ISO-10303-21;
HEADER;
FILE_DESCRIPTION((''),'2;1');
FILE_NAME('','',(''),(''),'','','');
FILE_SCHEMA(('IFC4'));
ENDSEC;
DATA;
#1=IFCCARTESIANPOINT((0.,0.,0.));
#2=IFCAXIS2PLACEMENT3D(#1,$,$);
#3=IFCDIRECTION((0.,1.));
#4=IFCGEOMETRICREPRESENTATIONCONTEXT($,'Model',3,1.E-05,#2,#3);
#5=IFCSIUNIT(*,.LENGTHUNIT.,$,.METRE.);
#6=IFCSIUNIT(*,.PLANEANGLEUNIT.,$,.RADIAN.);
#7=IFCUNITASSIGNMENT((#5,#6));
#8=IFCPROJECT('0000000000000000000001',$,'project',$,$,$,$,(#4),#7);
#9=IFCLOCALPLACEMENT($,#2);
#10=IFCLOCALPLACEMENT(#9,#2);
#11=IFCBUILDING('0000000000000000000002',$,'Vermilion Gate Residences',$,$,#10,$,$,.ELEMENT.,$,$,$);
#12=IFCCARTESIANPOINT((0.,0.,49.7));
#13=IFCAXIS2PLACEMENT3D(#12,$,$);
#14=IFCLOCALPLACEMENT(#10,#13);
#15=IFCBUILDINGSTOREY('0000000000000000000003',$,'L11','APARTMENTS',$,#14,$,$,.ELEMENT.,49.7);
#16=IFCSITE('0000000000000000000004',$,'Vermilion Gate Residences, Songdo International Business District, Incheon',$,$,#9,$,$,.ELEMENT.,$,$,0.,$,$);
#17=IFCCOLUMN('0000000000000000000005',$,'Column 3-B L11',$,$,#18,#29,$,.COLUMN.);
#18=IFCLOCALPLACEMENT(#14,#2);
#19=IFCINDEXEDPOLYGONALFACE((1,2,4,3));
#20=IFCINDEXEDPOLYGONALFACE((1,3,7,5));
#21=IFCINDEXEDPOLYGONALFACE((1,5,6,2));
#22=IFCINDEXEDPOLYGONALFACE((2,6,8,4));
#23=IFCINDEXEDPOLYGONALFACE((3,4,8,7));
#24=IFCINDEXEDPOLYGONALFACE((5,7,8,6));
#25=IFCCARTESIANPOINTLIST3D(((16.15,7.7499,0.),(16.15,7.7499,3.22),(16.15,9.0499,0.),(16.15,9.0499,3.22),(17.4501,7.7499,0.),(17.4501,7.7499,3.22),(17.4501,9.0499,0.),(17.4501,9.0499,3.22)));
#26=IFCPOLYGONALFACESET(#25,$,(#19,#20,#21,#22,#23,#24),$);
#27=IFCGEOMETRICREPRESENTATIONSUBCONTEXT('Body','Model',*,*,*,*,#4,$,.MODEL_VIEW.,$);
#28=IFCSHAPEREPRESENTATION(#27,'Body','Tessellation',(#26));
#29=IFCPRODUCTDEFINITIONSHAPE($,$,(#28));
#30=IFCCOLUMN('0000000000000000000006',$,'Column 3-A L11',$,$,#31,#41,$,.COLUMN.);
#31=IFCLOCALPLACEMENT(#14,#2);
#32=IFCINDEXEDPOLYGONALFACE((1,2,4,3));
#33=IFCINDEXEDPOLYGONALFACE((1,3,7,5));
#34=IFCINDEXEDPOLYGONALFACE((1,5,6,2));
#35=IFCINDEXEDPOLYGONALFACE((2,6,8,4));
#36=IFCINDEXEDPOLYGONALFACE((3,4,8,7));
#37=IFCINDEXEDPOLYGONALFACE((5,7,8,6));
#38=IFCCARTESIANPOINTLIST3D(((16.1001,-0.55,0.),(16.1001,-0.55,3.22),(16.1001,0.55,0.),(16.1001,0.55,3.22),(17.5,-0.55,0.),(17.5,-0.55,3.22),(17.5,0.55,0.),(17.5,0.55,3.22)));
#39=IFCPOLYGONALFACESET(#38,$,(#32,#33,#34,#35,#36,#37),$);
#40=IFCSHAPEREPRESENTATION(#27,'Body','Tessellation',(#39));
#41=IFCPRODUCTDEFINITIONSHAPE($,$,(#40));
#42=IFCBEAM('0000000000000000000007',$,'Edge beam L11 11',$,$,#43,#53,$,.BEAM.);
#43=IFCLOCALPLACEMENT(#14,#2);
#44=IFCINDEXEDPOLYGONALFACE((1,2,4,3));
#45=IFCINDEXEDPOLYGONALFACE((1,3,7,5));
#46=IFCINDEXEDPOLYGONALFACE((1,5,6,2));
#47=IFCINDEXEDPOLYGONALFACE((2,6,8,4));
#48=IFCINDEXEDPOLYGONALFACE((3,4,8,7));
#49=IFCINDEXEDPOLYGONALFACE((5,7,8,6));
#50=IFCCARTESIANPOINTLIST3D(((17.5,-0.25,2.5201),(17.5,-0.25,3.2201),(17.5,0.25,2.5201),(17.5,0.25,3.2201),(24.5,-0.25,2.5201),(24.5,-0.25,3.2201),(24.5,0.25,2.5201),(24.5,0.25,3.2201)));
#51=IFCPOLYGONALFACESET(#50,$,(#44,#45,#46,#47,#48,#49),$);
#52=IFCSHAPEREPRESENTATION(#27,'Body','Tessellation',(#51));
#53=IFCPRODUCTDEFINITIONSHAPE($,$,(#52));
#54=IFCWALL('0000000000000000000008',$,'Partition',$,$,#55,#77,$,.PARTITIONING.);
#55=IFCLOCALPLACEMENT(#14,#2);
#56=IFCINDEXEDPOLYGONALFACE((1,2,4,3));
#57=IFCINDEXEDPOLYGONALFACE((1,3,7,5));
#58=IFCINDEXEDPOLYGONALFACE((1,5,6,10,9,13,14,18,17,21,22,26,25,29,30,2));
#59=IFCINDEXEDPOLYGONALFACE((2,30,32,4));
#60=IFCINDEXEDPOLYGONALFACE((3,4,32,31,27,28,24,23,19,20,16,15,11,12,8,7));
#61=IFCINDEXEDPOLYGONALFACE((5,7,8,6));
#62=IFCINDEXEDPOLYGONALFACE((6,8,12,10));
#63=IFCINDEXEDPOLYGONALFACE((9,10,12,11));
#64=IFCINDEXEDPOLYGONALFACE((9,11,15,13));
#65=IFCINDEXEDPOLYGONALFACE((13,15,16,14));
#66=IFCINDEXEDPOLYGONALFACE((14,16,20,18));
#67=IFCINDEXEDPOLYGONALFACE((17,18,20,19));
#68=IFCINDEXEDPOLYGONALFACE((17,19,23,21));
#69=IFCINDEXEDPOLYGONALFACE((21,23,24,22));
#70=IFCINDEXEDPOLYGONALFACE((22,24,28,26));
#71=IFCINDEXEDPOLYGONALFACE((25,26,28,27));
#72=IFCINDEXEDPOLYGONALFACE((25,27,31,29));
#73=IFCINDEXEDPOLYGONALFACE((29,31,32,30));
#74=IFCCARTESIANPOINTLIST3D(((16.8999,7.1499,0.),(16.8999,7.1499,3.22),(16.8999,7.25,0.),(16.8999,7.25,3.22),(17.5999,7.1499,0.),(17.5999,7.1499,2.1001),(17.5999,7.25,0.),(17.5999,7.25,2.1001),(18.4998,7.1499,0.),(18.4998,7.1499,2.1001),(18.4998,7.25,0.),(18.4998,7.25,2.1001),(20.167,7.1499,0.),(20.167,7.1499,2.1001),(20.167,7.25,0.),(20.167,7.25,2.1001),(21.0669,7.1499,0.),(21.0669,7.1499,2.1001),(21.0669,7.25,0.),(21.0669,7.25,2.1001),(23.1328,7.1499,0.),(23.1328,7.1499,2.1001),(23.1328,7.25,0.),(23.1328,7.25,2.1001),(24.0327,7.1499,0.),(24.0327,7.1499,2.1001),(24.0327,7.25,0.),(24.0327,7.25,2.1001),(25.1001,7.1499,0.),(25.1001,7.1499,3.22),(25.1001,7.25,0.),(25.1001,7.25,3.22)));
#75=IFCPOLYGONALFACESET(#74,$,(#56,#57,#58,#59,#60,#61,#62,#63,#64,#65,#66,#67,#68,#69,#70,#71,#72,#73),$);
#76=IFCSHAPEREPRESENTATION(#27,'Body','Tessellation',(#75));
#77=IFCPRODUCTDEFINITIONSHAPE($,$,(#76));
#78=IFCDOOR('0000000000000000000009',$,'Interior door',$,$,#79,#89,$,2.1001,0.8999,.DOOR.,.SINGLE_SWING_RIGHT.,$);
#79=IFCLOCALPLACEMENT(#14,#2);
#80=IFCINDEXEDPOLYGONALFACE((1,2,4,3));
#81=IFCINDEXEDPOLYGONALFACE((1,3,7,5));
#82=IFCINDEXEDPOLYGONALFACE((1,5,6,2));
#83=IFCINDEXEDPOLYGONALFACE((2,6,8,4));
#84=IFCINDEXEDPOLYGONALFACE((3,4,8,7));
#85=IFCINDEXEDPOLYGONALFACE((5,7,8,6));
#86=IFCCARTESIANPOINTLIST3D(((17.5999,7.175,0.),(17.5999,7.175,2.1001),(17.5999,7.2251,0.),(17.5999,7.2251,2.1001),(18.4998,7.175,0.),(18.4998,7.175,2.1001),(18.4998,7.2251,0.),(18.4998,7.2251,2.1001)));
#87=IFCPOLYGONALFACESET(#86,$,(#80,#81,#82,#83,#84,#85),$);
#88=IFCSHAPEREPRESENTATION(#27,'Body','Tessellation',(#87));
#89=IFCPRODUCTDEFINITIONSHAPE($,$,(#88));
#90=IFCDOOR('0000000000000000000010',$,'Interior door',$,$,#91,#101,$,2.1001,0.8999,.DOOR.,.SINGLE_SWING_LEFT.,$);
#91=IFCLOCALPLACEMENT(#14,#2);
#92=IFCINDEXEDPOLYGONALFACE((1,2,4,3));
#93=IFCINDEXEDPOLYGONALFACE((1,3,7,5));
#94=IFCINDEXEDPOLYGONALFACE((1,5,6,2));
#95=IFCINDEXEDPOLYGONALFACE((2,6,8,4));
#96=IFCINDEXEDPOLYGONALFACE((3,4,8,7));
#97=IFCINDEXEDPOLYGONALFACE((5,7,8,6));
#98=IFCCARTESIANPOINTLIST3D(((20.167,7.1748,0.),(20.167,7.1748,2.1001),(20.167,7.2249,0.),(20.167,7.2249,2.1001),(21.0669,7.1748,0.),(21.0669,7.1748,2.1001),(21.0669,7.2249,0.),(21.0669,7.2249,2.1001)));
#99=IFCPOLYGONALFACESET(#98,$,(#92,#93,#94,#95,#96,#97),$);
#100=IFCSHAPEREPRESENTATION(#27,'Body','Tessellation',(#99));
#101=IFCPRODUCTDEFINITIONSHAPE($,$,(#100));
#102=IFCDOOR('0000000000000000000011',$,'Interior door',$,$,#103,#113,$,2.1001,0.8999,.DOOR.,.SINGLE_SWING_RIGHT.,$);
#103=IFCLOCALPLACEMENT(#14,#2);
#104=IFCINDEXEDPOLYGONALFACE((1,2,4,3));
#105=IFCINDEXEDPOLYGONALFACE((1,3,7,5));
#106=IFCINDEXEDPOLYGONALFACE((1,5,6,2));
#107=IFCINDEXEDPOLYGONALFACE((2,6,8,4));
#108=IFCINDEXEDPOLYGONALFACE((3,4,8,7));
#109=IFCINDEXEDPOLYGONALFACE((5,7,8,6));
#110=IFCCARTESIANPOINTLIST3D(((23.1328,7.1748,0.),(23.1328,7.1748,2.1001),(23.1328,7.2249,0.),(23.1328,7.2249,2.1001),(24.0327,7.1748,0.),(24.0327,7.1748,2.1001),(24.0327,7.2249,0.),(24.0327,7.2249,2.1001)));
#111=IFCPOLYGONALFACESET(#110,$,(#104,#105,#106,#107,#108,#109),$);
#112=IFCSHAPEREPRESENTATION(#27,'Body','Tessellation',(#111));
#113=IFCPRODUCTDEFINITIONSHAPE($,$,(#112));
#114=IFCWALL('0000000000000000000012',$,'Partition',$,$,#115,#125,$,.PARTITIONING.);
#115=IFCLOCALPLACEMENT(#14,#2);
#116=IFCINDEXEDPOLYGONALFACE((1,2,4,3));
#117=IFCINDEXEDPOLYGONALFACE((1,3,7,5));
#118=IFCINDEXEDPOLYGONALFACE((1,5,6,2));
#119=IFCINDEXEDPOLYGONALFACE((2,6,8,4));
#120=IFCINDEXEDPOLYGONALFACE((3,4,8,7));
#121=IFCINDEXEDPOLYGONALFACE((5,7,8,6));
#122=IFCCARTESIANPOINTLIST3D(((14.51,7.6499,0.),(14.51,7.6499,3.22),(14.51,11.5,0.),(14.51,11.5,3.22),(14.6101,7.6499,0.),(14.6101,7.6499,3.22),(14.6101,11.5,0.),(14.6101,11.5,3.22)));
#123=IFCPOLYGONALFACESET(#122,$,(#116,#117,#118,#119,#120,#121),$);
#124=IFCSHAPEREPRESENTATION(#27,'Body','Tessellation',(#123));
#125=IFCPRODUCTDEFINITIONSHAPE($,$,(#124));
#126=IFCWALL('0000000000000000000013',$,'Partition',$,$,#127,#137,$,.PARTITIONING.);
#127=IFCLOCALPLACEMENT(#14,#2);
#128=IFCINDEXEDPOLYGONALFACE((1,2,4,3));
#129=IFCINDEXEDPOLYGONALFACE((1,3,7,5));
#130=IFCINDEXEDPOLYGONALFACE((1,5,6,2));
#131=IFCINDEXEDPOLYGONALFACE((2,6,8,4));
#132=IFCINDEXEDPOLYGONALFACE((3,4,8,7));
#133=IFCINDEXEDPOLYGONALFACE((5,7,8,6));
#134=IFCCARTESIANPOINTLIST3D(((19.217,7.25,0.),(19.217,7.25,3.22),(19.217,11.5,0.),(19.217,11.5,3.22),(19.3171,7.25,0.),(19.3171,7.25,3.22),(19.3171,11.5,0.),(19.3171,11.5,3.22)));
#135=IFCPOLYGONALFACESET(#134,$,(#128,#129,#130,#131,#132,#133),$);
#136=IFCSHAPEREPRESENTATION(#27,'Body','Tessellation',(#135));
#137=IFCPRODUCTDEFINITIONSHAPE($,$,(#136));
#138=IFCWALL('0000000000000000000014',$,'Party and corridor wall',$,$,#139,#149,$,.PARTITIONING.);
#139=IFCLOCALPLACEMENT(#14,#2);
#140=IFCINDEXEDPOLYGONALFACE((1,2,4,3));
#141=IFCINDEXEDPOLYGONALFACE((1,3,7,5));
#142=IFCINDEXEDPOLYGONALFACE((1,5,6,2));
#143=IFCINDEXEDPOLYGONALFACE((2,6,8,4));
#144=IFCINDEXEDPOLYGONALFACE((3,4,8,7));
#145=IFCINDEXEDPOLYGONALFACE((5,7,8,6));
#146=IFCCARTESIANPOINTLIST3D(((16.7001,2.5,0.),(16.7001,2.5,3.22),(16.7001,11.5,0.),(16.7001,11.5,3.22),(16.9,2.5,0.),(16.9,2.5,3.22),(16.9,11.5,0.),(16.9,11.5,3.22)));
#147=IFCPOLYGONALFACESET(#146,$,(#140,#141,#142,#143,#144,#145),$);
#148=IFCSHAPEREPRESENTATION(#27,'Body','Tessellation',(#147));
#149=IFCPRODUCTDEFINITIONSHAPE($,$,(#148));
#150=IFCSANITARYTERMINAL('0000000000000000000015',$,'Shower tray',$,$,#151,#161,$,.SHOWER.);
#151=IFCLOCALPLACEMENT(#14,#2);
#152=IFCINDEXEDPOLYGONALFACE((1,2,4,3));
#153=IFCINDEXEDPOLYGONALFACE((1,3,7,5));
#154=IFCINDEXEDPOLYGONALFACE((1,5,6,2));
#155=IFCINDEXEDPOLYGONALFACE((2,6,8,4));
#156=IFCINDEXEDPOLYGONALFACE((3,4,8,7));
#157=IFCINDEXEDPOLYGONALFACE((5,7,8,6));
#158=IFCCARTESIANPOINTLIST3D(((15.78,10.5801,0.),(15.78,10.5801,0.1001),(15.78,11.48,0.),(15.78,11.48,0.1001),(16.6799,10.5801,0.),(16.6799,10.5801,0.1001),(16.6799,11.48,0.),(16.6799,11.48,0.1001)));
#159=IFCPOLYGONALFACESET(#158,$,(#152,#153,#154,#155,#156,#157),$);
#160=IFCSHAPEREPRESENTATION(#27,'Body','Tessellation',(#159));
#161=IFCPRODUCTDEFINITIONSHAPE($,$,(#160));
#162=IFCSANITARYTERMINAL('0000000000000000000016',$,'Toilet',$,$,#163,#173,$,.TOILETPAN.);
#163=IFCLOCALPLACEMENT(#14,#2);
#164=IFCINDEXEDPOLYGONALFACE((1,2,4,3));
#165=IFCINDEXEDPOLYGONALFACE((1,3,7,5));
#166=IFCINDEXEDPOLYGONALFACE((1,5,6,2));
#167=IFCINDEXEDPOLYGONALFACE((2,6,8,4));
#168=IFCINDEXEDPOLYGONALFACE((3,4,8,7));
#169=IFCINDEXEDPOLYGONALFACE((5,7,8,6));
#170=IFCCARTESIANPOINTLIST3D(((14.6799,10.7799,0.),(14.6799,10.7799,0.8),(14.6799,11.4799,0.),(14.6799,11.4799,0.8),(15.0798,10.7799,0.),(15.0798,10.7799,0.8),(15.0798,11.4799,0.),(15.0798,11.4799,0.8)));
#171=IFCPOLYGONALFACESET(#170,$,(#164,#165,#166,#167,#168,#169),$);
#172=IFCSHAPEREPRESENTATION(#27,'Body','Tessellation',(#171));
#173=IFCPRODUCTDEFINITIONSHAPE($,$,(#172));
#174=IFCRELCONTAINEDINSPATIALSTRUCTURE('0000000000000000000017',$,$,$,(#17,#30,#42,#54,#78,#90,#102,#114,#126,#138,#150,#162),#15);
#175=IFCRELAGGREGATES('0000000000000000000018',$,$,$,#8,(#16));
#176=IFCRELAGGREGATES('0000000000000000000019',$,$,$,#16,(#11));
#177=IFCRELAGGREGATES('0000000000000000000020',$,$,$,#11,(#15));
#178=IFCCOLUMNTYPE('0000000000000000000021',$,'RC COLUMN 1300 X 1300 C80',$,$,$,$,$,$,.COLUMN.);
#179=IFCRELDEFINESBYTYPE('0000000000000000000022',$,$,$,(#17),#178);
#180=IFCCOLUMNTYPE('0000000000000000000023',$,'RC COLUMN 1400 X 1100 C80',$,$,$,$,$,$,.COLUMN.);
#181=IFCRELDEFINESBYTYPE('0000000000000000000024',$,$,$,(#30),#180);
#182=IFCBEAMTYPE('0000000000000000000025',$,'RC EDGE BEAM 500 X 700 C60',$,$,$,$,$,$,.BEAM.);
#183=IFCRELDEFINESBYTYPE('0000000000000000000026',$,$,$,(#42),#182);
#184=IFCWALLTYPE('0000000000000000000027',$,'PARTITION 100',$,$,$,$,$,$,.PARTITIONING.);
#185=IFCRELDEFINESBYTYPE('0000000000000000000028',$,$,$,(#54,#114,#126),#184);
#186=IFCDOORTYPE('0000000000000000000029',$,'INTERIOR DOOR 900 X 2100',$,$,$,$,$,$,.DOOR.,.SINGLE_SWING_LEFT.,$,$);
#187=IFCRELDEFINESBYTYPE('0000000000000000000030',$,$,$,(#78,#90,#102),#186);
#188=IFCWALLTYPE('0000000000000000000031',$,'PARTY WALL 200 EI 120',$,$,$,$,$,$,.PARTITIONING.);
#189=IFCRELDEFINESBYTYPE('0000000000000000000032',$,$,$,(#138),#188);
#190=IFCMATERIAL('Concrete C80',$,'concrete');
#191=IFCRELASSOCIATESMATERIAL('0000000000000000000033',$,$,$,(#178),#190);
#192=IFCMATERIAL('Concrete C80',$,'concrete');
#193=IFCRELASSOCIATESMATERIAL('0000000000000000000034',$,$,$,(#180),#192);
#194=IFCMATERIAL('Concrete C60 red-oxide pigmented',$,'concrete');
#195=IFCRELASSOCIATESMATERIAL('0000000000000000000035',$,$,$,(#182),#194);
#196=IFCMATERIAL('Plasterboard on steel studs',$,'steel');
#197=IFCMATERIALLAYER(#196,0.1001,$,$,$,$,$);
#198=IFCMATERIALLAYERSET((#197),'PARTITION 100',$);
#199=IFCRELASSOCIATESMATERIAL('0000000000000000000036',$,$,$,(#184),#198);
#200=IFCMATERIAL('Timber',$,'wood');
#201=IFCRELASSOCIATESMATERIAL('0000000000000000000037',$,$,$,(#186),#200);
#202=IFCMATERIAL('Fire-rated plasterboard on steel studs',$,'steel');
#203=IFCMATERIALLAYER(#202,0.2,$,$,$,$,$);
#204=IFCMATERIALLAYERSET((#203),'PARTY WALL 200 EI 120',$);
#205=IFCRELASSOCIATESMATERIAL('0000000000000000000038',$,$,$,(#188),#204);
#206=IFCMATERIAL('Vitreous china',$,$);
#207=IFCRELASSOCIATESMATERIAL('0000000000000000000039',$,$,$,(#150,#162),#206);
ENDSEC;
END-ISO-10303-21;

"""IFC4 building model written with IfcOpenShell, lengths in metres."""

from ifc_helpers import new_model, si_unit, direction, frame, frame_2d, origin, origin_2d, place, context, subcontext, project, spatial, rectangle, extrude, material, layer, layer_set, material_profile, profile_set, type_object, element, fill, save


model = new_model("IFC4")

# Units and contexts
model_context = context("Model", 3, precision=1e-05, world=origin(), true_north=direction((0.0, 1.0)))
body_context = subcontext(model_context, "Body", "Model", "MODEL_VIEW")
ifc_project = project(units=[si_unit("LENGTHUNIT", "METRE"), si_unit("PLANEANGLEUNIT", "RADIAN")], contexts=[model_context])

# Site, building, storey
site_placement = place(None, origin())
site = spatial("IfcSite", under=ifc_project, at=site_placement, Name="Vermilion Gate Residences, Songdo International Business District, Incheon", CompositionType="ELEMENT", RefElevation=0.0)
building_placement = place(site_placement, origin())
building = spatial("IfcBuilding", under=site, at=building_placement, Name="Vermilion Gate Residences", CompositionType="ELEMENT")
storey_placement = place(building_placement, frame((0.0, 0.0, 49.7)))
storey = spatial("IfcBuildingStorey", under=building, at=storey_placement, Name="L11", Description="APARTMENTS", CompositionType="ELEMENT", Elevation=49.7)

# Columns
ifc_material_1 = material(Name="Concrete C80", Category="concrete")
ifc_material_profile_1 = material_profile(ifc_material_1, rectangle(XDim=1.3, YDim=1.3, at=origin_2d()), Name="RC-1300x1300")
ifc_profile_set_1 = profile_set([ifc_material_profile_1], Name="Concrete C80")
column_type_1 = type_object("IfcColumnType", Name="RC COLUMN 1300 X 1300 C80", PredefinedType="COLUMN", material=ifc_profile_set_1)
column_1_placement = place(storey_placement, frame((16.8, 8.3999, 0.0), z_axis=(0.0, 0.0, 1.0), x_axis=(1.0, 0.0, 0.0)))
element("IfcColumn", 1, at=column_1_placement, inside=storey, type_object=column_type_1, Name="Column 3-B L11", PredefinedType="COLUMN", context=body_context, shape_type="SweptSolid", body=[
    extrude(rectangle(XDim=1.3, YDim=1.3, at=origin_2d()), origin(), (0.0, 0.0, 1.0), 3.22),
])
ifc_material_2 = material(Name="Concrete C80", Category="concrete")
ifc_material_profile_2 = material_profile(ifc_material_2, rectangle(XDim=1.3999, YDim=1.1001, at=origin_2d()), Name="RC-1400x1100")
ifc_profile_set_2 = profile_set([ifc_material_profile_2], Name="Concrete C80")
column_type_2 = type_object("IfcColumnType", Name="RC COLUMN 1400 X 1100 C80", PredefinedType="COLUMN", material=ifc_profile_set_2)
column_2_placement = place(storey_placement, frame((16.8, 0.0, 0.0), z_axis=(0.0, 0.0, 1.0), x_axis=(1.0, 0.0, 0.0)))
element("IfcColumn", 2, at=column_2_placement, inside=storey, type_object=column_type_2, Name="Column 3-A L11", PredefinedType="COLUMN", context=body_context, shape_type="SweptSolid", body=[
    extrude(rectangle(XDim=1.3999, YDim=1.1001, at=origin_2d()), origin(), (0.0, 0.0, 1.0), 3.22),
])

# Beam
ifc_material_3 = material(Name="Concrete C60 red-oxide pigmented", Category="concrete")
ifc_material_profile_3 = material_profile(ifc_material_3, rectangle(XDim=0.5, YDim=0.7, at=origin_2d()), Name="RC-500x700")
ifc_profile_set_3 = profile_set([ifc_material_profile_3], Name="Concrete C60 red-oxide pigmented")
beam_type = type_object("IfcBeamType", Name="RC EDGE BEAM 500 X 700 C60", PredefinedType="BEAM", material=ifc_profile_set_3)
beam_placement = place(storey_placement, frame((17.5, 0.0, 2.8701), z_axis=(1.0, 0.0, 0.0), x_axis=(0.0, 1.0, 0.0)))
element("IfcBeam", 3, at=beam_placement, inside=storey, type_object=beam_type, Name="Edge beam L11 11", PredefinedType="BEAM", context=body_context, shape_type="SweptSolid", body=[
    extrude(rectangle(XDim=0.5, YDim=0.7, at=origin_2d()), origin(), (0.0, 0.0, 1.0), 7.0),
])

# Wall, openings, doors
ifc_material_4 = material(Name="Plasterboard on steel studs", Category="steel")
ifc_layer_1 = layer(ifc_material_4, 0.1001)
ifc_layer_set_1 = layer_set([ifc_layer_1], Name="PARTITION 100")
wall_type_1 = type_object("IfcWallType", Name="PARTITION 100", PredefinedType="PARTITIONING", material=ifc_layer_set_1)
wall_1_placement = place(storey_placement, frame((16.8999, 7.2, 0.0), z_axis=(0.0, 0.0, 1.0), x_axis=(1.0, 0.0, 0.0)))
wall_1 = element("IfcWall", 4, at=wall_1_placement, inside=storey, type_object=wall_type_1, Name="Partition", PredefinedType="PARTITIONING", context=body_context, shape_type="SweptSolid", body=[
    extrude(rectangle(XDim=8.2002, YDim=0.1001, at=frame_2d((4.1001, 0.0))), origin(), (0.0, 0.0, 1.0), 3.22),
])
opening_1_placement = place(wall_1_placement, frame((0.7, 0.0, 0.0)))
opening_1 = element("IfcOpeningElement", 5, at=opening_1_placement, cuts=wall_1, PredefinedType="OPENING", context=body_context, shape_type="SweptSolid", body=[
    extrude(rectangle(XDim=0.8999, YDim=2.1001, at=frame_2d((0.45, 1.05))), frame((0.0, 0.0601, 0.0), z_axis=(0.0, -1.0, 0.0), x_axis=(1.0, 0.0, 0.0)), (0.0, 0.0, 1.0), 0.1201),
])
opening_2_placement = place(wall_1_placement, frame((3.2671, 0.0, 0.0)))
opening_2 = element("IfcOpeningElement", 6, at=opening_2_placement, cuts=wall_1, PredefinedType="OPENING", context=body_context, shape_type="SweptSolid", body=[
    extrude(rectangle(XDim=0.8999, YDim=2.1001, at=frame_2d((0.45, 1.05))), frame((0.0, 0.0601, 0.0), z_axis=(0.0, -1.0, 0.0), x_axis=(1.0, 0.0, 0.0)), (0.0, 0.0, 1.0), 0.1201),
])
opening_3_placement = place(wall_1_placement, frame((6.2329, 0.0, 0.0)))
opening_3 = element("IfcOpeningElement", 7, at=opening_3_placement, cuts=wall_1, PredefinedType="OPENING", context=body_context, shape_type="SweptSolid", body=[
    extrude(rectangle(XDim=0.8999, YDim=2.1001, at=frame_2d((0.45, 1.05))), frame((0.0, 0.0601, 0.0), z_axis=(0.0, -1.0, 0.0), x_axis=(1.0, 0.0, 0.0)), (0.0, 0.0, 1.0), 0.1201),
])
ifc_material_5 = material(Name="Timber", Category="wood")
door_type = type_object("IfcDoorType", Name="INTERIOR DOOR 900 X 2100", OperationType="SINGLE_SWING_LEFT", PredefinedType="DOOR", material=ifc_material_5)
door_1_placement = place(opening_1_placement, frame((0.8999, 0.0, 0.0), z_axis=(0.0, 0.0, 1.0), x_axis=(-1.0, 0.0, 0.0)))
door_1 = element("IfcDoor", 8, at=door_1_placement, inside=storey, type_object=door_type, Name="Interior door", OperationType="SINGLE_SWING_RIGHT", OverallHeight=2.1001, OverallWidth=0.8999, PredefinedType="DOOR", context=body_context, shape_type="SweptSolid", body=[
    extrude(rectangle(XDim=0.8999, YDim=2.1001, at=frame_2d((0.45, 1.05))), frame((0.0, 0.0249, 0.0), z_axis=(0.0, -1.0, 0.0), x_axis=(1.0, 0.0, 0.0)), (0.0, 0.0, 1.0), 0.05),
])
fill(opening_1, door_1)
door_2_placement = place(opening_2_placement, origin())
door_2 = element("IfcDoor", 9, at=door_2_placement, inside=storey, type_object=door_type, Name="Interior door", OperationType="SINGLE_SWING_LEFT", OverallHeight=2.1001, OverallWidth=0.8999, PredefinedType="DOOR", context=body_context, shape_type="SweptSolid", body=[
    extrude(rectangle(XDim=0.8999, YDim=2.1001, at=frame_2d((0.45, 1.05))), frame((0.0, 0.0249, 0.0), z_axis=(0.0, -1.0, 0.0), x_axis=(1.0, 0.0, 0.0)), (0.0, 0.0, 1.0), 0.05),
])
fill(opening_2, door_2)
door_3_placement = place(opening_3_placement, origin())
door_3 = element("IfcDoor", 10, at=door_3_placement, inside=storey, type_object=door_type, Name="Interior door", OperationType="SINGLE_SWING_RIGHT", OverallHeight=2.1001, OverallWidth=0.8999, PredefinedType="DOOR", context=body_context, shape_type="SweptSolid", body=[
    extrude(rectangle(XDim=0.8999, YDim=2.1001, at=frame_2d((0.45, 1.05))), frame((0.0, 0.0249, 0.0), z_axis=(0.0, -1.0, 0.0), x_axis=(1.0, 0.0, 0.0)), (0.0, 0.0, 1.0), 0.05),
])
fill(opening_3, door_3)

# Walls
wall_2_placement = place(storey_placement, frame((14.5601, 7.6499, 0.0), z_axis=(0.0, 0.0, 1.0), x_axis=(0.0, 1.0, 0.0)))
element("IfcWall", 11, at=wall_2_placement, inside=storey, type_object=wall_type_1, Name="Partition", PredefinedType="PARTITIONING", context=body_context, shape_type="SweptSolid", body=[
    extrude(rectangle(XDim=3.8501, YDim=0.1001, at=frame_2d((1.925, 0.0))), origin(), (0.0, 0.0, 1.0), 3.22),
])
wall_3_placement = place(storey_placement, frame((19.2671, 7.25, 0.0), z_axis=(0.0, 0.0, 1.0), x_axis=(0.0, 1.0, 0.0)))
element("IfcWall", 12, at=wall_3_placement, inside=storey, type_object=wall_type_1, Name="Partition", PredefinedType="PARTITIONING", context=body_context, shape_type="SweptSolid", body=[
    extrude(rectangle(XDim=4.25, YDim=0.1001, at=frame_2d((2.125, 0.0))), origin(), (0.0, 0.0, 1.0), 3.22),
])
ifc_material_6 = material(Name="Fire-rated plasterboard on steel studs", Category="steel")
ifc_layer_2 = layer(ifc_material_6, 0.2)
ifc_layer_set_2 = layer_set([ifc_layer_2], Name="PARTY WALL 200 EI 120")
wall_type_2 = type_object("IfcWallType", Name="PARTY WALL 200 EI 120", PredefinedType="PARTITIONING", material=ifc_layer_set_2)
wall_4_placement = place(storey_placement, frame((16.8, 2.5, 0.0), z_axis=(0.0, 0.0, 1.0), x_axis=(0.0, 1.0, 0.0)))
element("IfcWall", 13, at=wall_4_placement, inside=storey, type_object=wall_type_2, Name="Party and corridor wall", PredefinedType="PARTITIONING", context=body_context, shape_type="SweptSolid", body=[
    extrude(rectangle(XDim=9.0, YDim=0.2, at=frame_2d((4.5, 0.0))), origin(), (0.0, 0.0, 1.0), 3.22),
])

# Sanitary terminals
ifc_material_7 = material(Name="Vitreous china")
sanitary_terminal_1_placement = place(storey_placement, frame((16.23, 11.03, 0.0), z_axis=(0.0, 0.0, 1.0), x_axis=(1.0, 0.0, 0.0)))
element("IfcSanitaryTerminal", 14, at=sanitary_terminal_1_placement, inside=storey, material=ifc_material_7, Name="Shower tray", PredefinedType="SHOWER", context=body_context, shape_type="SweptSolid", body=[
    extrude(rectangle(XDim=0.8999, YDim=0.8999, at=origin_2d()), origin(), (0.0, 0.0, 1.0), 0.1001),
])
sanitary_terminal_2_placement = place(storey_placement, frame((14.8799, 11.1299, 0.0), z_axis=(0.0, 0.0, 1.0), x_axis=(1.0, 0.0, 0.0)))
element("IfcSanitaryTerminal", 15, at=sanitary_terminal_2_placement, inside=storey, material=ifc_material_7, Name="Toilet", PredefinedType="TOILETPAN", context=body_context, shape_type="SweptSolid", body=[
    extrude(rectangle(XDim=0.3999, YDim=0.7, at=origin_2d()), origin(), (0.0, 0.0, 1.0), 0.8),
])

save(model, "model.ifc")
